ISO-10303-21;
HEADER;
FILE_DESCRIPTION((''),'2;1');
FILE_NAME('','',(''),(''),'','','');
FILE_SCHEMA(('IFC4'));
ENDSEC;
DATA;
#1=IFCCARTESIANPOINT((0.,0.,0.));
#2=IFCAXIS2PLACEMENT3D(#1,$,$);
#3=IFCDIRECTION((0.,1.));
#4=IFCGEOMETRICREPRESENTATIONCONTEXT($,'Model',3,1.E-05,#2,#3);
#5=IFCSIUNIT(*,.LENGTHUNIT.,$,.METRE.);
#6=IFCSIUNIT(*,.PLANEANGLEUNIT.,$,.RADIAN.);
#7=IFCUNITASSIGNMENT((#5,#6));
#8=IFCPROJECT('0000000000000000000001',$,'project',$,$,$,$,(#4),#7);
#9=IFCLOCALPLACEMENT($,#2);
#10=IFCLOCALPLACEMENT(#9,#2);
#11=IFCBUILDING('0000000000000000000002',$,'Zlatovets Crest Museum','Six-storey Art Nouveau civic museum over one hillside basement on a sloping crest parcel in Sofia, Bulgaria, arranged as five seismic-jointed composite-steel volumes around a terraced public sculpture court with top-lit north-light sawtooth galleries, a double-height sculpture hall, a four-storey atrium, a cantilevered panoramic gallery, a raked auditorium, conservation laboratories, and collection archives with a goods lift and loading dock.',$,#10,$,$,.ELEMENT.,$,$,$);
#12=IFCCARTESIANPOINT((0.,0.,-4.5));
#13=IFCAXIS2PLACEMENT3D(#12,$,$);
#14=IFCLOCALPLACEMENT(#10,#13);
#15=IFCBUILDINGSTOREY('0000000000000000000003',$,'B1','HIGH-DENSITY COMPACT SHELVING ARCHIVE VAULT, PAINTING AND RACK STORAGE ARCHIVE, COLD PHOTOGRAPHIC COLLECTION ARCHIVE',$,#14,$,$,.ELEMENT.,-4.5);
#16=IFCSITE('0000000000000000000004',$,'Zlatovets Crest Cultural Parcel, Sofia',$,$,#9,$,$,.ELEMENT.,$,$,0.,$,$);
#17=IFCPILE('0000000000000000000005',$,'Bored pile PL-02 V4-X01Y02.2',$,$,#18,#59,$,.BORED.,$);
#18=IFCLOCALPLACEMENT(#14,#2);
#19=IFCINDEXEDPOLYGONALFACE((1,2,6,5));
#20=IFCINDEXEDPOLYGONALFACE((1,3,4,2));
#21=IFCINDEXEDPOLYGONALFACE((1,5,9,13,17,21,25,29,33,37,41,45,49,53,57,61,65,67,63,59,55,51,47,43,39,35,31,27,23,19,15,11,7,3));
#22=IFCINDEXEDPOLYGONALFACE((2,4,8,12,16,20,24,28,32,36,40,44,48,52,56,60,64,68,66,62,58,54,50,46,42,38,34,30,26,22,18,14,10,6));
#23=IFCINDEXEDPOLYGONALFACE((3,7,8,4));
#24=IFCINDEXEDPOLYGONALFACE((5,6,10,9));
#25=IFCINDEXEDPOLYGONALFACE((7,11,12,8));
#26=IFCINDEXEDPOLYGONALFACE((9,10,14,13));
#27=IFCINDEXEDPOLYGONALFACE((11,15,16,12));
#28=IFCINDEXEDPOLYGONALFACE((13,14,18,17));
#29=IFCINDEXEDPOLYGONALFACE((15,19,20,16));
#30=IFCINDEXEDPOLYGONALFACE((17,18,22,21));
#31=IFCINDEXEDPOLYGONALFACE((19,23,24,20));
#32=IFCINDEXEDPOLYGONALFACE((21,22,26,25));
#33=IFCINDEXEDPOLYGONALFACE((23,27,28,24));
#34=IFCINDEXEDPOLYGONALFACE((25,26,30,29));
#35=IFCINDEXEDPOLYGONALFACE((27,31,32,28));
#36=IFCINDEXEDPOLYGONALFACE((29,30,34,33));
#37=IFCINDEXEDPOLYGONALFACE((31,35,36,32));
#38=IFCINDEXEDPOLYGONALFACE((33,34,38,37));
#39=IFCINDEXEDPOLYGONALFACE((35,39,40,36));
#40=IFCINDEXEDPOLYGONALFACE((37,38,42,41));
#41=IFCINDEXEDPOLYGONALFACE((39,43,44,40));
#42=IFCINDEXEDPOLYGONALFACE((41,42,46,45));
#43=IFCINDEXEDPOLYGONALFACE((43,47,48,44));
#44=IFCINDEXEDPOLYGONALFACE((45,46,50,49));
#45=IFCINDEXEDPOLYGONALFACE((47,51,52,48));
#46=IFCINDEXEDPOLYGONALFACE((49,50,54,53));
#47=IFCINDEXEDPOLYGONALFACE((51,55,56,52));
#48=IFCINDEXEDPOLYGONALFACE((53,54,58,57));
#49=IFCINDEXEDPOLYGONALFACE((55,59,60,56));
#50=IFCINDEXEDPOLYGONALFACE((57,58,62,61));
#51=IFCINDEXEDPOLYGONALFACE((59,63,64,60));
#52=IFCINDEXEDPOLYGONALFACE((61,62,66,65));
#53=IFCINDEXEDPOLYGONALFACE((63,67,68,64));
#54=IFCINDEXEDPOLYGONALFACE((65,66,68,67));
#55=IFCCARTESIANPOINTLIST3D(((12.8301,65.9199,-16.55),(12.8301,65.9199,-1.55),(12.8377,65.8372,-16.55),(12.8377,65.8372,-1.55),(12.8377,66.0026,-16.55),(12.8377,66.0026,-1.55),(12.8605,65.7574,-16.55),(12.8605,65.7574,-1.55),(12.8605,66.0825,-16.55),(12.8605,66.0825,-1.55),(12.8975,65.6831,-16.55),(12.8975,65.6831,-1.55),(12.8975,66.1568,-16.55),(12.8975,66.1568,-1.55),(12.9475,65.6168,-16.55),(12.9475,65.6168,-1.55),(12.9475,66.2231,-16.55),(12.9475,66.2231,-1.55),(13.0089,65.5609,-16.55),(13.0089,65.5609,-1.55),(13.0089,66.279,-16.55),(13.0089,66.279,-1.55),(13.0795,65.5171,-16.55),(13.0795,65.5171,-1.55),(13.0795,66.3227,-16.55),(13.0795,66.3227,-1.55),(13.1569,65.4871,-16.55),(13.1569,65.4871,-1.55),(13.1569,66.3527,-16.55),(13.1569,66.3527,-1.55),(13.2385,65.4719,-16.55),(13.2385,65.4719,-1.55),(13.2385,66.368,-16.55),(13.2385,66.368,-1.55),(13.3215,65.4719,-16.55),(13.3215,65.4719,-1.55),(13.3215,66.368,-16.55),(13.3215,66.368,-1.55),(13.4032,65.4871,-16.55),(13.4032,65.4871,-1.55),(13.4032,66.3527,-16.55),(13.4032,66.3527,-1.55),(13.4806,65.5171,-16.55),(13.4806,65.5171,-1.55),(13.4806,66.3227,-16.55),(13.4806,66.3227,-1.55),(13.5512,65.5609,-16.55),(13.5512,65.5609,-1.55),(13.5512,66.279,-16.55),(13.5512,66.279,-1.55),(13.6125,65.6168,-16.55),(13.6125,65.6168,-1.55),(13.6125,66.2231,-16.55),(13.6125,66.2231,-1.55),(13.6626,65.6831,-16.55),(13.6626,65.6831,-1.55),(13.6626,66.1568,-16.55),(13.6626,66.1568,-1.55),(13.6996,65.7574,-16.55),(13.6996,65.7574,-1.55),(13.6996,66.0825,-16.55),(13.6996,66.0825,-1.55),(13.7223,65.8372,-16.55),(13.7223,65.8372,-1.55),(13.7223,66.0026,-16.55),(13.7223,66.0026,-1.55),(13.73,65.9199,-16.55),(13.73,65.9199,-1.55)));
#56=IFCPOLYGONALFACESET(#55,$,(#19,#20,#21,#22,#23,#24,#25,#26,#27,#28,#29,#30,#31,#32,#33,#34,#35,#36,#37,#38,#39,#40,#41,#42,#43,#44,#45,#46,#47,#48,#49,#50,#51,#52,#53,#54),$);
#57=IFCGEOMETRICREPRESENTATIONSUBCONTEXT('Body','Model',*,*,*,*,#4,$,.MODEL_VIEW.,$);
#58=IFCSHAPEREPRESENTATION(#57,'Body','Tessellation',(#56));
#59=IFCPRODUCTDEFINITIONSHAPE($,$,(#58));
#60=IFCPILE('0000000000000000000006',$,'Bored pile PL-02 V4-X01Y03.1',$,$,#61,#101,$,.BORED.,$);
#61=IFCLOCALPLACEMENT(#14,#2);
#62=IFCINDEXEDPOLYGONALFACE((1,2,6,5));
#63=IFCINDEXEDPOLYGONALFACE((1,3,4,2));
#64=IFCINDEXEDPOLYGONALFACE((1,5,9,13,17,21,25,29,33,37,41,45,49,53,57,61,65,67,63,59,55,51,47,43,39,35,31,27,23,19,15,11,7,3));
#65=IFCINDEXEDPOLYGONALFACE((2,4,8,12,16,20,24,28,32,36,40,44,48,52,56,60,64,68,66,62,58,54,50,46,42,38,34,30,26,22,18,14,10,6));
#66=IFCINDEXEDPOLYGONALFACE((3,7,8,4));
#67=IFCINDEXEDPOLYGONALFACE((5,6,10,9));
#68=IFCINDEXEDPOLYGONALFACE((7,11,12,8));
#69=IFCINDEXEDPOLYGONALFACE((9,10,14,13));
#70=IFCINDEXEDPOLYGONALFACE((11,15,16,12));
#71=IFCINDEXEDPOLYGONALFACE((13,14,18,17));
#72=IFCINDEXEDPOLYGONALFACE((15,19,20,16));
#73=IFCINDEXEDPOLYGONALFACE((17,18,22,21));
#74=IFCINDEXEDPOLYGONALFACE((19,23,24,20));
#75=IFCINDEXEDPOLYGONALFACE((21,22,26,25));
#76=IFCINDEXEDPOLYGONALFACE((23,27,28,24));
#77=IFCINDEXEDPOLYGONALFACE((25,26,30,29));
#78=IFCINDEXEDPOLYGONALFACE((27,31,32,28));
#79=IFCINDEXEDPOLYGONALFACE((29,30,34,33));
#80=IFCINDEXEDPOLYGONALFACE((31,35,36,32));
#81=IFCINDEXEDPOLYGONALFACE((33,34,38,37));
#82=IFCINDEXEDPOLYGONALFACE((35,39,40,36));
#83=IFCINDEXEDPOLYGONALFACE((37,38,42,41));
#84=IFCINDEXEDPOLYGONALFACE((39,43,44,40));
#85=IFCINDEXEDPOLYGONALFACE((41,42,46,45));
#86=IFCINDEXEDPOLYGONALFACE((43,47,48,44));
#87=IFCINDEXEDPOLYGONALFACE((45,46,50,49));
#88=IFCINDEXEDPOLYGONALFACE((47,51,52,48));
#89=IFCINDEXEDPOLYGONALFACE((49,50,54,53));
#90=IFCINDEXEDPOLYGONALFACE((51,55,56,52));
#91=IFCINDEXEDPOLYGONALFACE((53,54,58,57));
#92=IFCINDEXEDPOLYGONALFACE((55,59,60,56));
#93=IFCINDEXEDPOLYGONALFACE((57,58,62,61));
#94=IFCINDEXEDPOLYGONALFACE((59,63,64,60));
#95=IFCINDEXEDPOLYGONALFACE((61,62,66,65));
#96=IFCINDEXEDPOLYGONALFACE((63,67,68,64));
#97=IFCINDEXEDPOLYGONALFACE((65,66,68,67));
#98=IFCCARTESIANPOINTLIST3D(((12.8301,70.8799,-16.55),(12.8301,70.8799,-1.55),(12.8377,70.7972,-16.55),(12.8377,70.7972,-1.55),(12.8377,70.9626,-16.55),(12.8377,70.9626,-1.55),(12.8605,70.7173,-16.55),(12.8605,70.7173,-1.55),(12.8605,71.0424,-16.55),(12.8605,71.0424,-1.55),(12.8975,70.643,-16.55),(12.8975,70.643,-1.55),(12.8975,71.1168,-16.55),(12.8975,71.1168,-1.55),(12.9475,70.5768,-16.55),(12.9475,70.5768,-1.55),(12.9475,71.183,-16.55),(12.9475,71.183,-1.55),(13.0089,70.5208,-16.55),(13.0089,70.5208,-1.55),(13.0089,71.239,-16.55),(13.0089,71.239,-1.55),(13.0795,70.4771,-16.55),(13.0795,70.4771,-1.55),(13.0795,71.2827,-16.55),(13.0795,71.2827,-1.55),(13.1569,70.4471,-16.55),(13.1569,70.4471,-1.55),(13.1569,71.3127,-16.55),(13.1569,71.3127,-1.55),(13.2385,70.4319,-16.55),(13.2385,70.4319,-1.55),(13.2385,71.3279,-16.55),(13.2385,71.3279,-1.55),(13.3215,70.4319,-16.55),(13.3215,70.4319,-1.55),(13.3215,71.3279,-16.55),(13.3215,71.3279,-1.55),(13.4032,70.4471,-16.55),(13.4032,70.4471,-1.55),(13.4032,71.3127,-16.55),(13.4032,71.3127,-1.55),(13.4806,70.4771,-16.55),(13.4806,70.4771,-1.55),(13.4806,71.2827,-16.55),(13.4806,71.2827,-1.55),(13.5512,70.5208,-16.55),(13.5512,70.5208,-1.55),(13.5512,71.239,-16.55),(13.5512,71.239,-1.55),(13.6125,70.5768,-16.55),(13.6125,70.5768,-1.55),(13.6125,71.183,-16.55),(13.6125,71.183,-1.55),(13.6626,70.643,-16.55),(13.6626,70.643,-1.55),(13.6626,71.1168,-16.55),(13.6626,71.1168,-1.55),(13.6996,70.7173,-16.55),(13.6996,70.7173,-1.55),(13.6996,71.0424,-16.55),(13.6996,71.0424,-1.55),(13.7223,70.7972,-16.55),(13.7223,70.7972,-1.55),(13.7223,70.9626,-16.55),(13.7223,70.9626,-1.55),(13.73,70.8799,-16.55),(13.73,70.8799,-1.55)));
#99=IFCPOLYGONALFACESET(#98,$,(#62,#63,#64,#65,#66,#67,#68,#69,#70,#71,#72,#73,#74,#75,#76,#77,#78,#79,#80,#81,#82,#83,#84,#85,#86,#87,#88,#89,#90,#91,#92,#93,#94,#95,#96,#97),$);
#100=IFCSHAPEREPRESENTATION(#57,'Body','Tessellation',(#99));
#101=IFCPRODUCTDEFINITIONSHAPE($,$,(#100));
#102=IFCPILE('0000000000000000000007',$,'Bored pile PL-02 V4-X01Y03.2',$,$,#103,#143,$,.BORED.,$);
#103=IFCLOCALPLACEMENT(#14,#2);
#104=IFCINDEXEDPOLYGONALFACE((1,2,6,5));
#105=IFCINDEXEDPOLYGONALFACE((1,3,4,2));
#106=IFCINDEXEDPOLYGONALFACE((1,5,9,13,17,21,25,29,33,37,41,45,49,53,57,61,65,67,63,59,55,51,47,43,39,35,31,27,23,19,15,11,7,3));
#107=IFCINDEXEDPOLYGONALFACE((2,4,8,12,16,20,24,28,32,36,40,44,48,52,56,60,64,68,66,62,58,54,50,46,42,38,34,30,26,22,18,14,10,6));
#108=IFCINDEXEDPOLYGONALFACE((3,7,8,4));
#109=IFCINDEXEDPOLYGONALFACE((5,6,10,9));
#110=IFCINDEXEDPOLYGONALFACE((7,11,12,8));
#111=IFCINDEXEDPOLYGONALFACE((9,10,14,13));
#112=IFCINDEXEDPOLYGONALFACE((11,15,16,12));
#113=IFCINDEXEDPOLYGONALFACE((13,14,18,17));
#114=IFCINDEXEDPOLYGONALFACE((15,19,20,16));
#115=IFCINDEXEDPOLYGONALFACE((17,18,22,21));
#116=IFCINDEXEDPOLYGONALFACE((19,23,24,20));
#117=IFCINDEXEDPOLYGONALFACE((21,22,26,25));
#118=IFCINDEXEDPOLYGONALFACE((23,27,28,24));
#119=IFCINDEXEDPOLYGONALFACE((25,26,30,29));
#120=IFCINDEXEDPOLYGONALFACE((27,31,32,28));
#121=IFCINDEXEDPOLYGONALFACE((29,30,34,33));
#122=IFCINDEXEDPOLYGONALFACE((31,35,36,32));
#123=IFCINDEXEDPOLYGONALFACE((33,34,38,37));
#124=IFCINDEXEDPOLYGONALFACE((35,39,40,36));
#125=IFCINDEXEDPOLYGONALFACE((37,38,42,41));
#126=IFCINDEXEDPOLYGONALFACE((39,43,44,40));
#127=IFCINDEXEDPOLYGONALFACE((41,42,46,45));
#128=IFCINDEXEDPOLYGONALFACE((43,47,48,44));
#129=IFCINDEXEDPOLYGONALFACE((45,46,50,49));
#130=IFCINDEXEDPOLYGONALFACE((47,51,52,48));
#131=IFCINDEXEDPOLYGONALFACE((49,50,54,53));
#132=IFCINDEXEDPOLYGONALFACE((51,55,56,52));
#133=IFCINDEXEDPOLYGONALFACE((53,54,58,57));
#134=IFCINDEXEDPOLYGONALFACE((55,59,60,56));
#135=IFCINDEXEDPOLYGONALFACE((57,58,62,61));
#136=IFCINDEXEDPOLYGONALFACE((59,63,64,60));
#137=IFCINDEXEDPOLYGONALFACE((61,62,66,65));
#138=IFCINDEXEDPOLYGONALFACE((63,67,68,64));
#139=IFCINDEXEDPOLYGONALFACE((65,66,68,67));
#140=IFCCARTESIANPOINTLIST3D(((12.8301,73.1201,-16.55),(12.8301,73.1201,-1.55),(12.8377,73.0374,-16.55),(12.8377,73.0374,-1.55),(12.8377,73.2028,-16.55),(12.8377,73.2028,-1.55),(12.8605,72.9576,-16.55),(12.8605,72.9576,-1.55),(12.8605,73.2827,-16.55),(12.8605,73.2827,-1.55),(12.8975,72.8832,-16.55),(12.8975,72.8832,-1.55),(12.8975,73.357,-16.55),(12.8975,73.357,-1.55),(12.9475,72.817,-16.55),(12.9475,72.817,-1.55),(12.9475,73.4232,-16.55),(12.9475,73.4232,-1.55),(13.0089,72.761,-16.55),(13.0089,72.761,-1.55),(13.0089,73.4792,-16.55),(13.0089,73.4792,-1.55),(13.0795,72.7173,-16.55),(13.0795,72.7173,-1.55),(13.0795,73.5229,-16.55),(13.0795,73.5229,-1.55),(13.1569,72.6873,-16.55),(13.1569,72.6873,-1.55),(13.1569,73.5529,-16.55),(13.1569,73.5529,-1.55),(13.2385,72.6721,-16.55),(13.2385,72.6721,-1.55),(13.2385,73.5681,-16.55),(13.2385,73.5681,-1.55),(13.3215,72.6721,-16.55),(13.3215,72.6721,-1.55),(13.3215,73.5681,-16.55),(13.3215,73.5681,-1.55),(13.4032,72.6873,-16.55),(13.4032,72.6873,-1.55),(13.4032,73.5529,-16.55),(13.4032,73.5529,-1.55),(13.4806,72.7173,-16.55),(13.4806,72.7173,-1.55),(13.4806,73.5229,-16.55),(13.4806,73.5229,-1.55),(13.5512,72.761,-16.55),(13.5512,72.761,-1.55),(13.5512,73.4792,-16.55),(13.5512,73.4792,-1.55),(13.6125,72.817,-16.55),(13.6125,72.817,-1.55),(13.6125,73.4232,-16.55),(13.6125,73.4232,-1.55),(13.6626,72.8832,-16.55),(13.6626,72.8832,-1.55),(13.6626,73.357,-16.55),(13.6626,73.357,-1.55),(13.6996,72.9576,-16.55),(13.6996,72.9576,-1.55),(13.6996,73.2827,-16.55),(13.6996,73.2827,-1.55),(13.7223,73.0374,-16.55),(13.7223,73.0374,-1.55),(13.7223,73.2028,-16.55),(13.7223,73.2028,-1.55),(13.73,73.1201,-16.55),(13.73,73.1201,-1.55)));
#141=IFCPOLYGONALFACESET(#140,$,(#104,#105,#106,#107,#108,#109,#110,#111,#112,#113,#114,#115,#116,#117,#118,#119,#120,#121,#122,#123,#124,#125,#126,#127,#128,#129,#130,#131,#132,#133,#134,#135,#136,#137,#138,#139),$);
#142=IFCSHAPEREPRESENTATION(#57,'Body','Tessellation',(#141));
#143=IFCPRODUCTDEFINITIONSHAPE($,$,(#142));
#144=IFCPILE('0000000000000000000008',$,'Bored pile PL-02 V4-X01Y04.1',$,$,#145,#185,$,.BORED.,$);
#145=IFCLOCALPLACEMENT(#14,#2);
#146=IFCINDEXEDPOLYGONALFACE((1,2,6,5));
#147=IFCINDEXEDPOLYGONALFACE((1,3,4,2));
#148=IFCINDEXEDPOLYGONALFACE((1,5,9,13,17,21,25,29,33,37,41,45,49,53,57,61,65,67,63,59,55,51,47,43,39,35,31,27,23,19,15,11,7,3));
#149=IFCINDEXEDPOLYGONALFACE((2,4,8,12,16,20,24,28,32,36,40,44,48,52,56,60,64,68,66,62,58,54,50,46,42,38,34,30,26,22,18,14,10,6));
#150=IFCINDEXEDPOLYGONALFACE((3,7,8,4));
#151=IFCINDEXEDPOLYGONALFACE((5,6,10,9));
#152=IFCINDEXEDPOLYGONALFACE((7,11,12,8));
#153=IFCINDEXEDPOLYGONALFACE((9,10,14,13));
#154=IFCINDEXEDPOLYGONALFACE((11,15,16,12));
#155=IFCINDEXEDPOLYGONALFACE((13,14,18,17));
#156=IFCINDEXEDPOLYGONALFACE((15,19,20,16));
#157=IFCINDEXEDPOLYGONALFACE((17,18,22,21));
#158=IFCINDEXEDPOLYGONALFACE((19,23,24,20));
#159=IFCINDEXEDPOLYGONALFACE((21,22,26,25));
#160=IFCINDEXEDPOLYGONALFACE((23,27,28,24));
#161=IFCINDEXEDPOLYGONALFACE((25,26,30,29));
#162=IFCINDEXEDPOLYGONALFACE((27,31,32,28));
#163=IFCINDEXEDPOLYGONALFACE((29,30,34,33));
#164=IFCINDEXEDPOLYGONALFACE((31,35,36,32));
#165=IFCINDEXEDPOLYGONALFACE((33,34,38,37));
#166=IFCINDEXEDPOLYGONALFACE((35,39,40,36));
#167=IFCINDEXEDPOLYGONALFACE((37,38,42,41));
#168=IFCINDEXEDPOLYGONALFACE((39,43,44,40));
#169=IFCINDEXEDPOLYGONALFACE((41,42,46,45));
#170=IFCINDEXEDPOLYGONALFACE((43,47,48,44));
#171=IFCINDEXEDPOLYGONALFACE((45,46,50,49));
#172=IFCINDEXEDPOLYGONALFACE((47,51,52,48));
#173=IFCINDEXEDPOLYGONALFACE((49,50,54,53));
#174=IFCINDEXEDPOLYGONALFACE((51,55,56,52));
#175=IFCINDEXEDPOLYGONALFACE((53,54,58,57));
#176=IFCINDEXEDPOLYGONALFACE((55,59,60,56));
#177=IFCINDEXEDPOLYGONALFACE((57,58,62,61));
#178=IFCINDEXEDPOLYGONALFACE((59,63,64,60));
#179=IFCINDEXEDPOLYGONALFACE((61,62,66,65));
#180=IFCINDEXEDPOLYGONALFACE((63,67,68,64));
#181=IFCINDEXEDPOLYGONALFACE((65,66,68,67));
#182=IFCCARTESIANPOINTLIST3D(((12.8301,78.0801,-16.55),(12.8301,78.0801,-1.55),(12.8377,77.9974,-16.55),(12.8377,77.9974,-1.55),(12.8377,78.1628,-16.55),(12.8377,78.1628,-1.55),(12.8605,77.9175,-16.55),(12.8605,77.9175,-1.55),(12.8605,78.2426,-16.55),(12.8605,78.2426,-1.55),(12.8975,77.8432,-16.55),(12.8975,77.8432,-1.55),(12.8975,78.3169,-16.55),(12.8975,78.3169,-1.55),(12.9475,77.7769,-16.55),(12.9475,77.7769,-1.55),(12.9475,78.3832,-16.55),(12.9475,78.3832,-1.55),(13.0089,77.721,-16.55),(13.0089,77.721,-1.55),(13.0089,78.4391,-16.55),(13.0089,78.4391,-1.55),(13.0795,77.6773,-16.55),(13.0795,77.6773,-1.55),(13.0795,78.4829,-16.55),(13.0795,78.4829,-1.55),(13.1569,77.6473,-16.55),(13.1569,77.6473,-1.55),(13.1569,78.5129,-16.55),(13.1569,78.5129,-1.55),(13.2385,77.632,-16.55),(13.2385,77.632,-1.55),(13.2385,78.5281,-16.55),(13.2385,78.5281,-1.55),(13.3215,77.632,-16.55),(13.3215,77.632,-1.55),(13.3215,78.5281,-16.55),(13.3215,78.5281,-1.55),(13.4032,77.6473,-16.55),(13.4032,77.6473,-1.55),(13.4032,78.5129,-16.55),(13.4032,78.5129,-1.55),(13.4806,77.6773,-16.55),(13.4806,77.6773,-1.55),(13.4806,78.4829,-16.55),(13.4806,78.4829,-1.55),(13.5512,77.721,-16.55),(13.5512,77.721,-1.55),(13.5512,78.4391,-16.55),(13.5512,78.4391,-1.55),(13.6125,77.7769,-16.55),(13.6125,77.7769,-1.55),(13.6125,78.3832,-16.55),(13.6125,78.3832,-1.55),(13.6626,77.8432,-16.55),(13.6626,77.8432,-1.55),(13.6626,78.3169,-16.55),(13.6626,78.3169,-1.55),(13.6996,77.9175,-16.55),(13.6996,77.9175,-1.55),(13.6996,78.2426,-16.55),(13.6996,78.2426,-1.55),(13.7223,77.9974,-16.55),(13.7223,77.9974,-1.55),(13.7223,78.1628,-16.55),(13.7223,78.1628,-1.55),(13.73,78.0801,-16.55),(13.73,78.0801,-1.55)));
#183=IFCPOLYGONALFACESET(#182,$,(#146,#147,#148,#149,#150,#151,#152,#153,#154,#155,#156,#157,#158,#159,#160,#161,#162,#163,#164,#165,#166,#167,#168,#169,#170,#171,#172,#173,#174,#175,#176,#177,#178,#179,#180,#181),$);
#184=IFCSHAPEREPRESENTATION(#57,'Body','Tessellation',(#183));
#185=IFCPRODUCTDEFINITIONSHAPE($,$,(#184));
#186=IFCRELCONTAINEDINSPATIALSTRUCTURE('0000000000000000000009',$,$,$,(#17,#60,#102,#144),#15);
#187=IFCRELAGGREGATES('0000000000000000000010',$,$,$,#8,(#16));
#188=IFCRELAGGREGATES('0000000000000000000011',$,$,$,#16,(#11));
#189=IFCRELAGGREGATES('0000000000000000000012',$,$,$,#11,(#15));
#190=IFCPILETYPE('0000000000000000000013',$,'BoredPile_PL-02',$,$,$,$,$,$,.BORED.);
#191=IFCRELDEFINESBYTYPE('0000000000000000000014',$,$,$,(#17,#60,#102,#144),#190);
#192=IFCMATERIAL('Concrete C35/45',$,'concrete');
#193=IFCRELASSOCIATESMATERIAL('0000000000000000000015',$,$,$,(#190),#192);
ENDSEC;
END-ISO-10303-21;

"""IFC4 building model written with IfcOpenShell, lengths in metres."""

from ifc_helpers import new_model, si_unit, direction, frame, origin, origin_2d, place, context, subcontext, project, spatial, circle, extrude, material, material_profile, profile_set, type_object, element, save


model = new_model("IFC4")

# Units and contexts
model_context = context("Model", 3, precision=1e-05, world=origin(), true_north=direction((0.0, 1.0)))
body_context = subcontext(model_context, "Body", "Model", "MODEL_VIEW")
ifc_project = project(units=[si_unit("LENGTHUNIT", "METRE"), si_unit("PLANEANGLEUNIT", "RADIAN")], contexts=[model_context])

# Site, building, storey
site_placement = place(None, origin())
site = spatial("IfcSite", under=ifc_project, at=site_placement, Name="Zlatovets Crest Cultural Parcel, Sofia", CompositionType="ELEMENT", RefElevation=0.0)
building_placement = place(site_placement, origin())
building = spatial("IfcBuilding", under=site, at=building_placement, Name="Zlatovets Crest Museum", Description="Six-storey Art Nouveau civic museum over one hillside basement on a sloping crest parcel in Sofia, Bulgaria, arranged as five seismic-jointed composite-steel volumes around a terraced public sculpture court with top-lit north-light sawtooth galleries, a double-height sculpture hall, a four-storey atrium, a cantilevered panoramic gallery, a raked auditorium, conservation laboratories, and collection archives with a goods lift and loading dock.", CompositionType="ELEMENT")
storey_placement = place(building_placement, frame((0.0, 0.0, -4.5)))
storey = spatial("IfcBuildingStorey", under=building, at=storey_placement, Name="B1", Description="HIGH-DENSITY COMPACT SHELVING ARCHIVE VAULT, PAINTING AND RACK STORAGE ARCHIVE, COLD PHOTOGRAPHIC COLLECTION ARCHIVE", CompositionType="ELEMENT", Elevation=-4.5)

# Piles
ifc_material_1 = material(Name="Concrete C35/45", Category="concrete")
ifc_material_profile_1 = material_profile(ifc_material_1, circle(Radius=0.45, at=origin_2d()), Name="PILE D900")
ifc_profile_set_1 = profile_set([ifc_material_profile_1], Name="Concrete C35/45")
pile_type_1 = type_object("IfcPileType", Name="BoredPile_PL-02", PredefinedType="BORED", material=ifc_profile_set_1)
for number, where, z_axis, x_axis, name in (
    (1, (13.28, 65.9199, -1.55), (0.0, 0.0, -1.0), (1.0, 0.0, 0.0), "Bored pile PL-02 V4-X01Y02.2"),
    (2, (13.28, 70.8799, -1.55), (0.0, 0.0, -1.0), (1.0, 0.0, 0.0), "Bored pile PL-02 V4-X01Y03.1"),
    (3, (13.28, 73.1201, -1.55), (0.0, 0.0, -1.0), (1.0, 0.0, 0.0), "Bored pile PL-02 V4-X01Y03.2"),
    (4, (13.28, 78.0801, -1.55), (0.0, 0.0, -1.0), (1.0, 0.0, 0.0), "Bored pile PL-02 V4-X01Y04.1"),
):
    element("IfcPile", number, at=place(storey_placement, frame(where, z_axis=z_axis, x_axis=x_axis)), inside=storey, type_object=pile_type_1, Name=name, PredefinedType="BORED", context=body_context, shape_type="SweptSolid", body=[
        extrude(circle(Radius=0.45, at=origin_2d()), origin(), (0.0, 0.0, 1.0), 15.0),
    ])

save(model, "model.ifc")
